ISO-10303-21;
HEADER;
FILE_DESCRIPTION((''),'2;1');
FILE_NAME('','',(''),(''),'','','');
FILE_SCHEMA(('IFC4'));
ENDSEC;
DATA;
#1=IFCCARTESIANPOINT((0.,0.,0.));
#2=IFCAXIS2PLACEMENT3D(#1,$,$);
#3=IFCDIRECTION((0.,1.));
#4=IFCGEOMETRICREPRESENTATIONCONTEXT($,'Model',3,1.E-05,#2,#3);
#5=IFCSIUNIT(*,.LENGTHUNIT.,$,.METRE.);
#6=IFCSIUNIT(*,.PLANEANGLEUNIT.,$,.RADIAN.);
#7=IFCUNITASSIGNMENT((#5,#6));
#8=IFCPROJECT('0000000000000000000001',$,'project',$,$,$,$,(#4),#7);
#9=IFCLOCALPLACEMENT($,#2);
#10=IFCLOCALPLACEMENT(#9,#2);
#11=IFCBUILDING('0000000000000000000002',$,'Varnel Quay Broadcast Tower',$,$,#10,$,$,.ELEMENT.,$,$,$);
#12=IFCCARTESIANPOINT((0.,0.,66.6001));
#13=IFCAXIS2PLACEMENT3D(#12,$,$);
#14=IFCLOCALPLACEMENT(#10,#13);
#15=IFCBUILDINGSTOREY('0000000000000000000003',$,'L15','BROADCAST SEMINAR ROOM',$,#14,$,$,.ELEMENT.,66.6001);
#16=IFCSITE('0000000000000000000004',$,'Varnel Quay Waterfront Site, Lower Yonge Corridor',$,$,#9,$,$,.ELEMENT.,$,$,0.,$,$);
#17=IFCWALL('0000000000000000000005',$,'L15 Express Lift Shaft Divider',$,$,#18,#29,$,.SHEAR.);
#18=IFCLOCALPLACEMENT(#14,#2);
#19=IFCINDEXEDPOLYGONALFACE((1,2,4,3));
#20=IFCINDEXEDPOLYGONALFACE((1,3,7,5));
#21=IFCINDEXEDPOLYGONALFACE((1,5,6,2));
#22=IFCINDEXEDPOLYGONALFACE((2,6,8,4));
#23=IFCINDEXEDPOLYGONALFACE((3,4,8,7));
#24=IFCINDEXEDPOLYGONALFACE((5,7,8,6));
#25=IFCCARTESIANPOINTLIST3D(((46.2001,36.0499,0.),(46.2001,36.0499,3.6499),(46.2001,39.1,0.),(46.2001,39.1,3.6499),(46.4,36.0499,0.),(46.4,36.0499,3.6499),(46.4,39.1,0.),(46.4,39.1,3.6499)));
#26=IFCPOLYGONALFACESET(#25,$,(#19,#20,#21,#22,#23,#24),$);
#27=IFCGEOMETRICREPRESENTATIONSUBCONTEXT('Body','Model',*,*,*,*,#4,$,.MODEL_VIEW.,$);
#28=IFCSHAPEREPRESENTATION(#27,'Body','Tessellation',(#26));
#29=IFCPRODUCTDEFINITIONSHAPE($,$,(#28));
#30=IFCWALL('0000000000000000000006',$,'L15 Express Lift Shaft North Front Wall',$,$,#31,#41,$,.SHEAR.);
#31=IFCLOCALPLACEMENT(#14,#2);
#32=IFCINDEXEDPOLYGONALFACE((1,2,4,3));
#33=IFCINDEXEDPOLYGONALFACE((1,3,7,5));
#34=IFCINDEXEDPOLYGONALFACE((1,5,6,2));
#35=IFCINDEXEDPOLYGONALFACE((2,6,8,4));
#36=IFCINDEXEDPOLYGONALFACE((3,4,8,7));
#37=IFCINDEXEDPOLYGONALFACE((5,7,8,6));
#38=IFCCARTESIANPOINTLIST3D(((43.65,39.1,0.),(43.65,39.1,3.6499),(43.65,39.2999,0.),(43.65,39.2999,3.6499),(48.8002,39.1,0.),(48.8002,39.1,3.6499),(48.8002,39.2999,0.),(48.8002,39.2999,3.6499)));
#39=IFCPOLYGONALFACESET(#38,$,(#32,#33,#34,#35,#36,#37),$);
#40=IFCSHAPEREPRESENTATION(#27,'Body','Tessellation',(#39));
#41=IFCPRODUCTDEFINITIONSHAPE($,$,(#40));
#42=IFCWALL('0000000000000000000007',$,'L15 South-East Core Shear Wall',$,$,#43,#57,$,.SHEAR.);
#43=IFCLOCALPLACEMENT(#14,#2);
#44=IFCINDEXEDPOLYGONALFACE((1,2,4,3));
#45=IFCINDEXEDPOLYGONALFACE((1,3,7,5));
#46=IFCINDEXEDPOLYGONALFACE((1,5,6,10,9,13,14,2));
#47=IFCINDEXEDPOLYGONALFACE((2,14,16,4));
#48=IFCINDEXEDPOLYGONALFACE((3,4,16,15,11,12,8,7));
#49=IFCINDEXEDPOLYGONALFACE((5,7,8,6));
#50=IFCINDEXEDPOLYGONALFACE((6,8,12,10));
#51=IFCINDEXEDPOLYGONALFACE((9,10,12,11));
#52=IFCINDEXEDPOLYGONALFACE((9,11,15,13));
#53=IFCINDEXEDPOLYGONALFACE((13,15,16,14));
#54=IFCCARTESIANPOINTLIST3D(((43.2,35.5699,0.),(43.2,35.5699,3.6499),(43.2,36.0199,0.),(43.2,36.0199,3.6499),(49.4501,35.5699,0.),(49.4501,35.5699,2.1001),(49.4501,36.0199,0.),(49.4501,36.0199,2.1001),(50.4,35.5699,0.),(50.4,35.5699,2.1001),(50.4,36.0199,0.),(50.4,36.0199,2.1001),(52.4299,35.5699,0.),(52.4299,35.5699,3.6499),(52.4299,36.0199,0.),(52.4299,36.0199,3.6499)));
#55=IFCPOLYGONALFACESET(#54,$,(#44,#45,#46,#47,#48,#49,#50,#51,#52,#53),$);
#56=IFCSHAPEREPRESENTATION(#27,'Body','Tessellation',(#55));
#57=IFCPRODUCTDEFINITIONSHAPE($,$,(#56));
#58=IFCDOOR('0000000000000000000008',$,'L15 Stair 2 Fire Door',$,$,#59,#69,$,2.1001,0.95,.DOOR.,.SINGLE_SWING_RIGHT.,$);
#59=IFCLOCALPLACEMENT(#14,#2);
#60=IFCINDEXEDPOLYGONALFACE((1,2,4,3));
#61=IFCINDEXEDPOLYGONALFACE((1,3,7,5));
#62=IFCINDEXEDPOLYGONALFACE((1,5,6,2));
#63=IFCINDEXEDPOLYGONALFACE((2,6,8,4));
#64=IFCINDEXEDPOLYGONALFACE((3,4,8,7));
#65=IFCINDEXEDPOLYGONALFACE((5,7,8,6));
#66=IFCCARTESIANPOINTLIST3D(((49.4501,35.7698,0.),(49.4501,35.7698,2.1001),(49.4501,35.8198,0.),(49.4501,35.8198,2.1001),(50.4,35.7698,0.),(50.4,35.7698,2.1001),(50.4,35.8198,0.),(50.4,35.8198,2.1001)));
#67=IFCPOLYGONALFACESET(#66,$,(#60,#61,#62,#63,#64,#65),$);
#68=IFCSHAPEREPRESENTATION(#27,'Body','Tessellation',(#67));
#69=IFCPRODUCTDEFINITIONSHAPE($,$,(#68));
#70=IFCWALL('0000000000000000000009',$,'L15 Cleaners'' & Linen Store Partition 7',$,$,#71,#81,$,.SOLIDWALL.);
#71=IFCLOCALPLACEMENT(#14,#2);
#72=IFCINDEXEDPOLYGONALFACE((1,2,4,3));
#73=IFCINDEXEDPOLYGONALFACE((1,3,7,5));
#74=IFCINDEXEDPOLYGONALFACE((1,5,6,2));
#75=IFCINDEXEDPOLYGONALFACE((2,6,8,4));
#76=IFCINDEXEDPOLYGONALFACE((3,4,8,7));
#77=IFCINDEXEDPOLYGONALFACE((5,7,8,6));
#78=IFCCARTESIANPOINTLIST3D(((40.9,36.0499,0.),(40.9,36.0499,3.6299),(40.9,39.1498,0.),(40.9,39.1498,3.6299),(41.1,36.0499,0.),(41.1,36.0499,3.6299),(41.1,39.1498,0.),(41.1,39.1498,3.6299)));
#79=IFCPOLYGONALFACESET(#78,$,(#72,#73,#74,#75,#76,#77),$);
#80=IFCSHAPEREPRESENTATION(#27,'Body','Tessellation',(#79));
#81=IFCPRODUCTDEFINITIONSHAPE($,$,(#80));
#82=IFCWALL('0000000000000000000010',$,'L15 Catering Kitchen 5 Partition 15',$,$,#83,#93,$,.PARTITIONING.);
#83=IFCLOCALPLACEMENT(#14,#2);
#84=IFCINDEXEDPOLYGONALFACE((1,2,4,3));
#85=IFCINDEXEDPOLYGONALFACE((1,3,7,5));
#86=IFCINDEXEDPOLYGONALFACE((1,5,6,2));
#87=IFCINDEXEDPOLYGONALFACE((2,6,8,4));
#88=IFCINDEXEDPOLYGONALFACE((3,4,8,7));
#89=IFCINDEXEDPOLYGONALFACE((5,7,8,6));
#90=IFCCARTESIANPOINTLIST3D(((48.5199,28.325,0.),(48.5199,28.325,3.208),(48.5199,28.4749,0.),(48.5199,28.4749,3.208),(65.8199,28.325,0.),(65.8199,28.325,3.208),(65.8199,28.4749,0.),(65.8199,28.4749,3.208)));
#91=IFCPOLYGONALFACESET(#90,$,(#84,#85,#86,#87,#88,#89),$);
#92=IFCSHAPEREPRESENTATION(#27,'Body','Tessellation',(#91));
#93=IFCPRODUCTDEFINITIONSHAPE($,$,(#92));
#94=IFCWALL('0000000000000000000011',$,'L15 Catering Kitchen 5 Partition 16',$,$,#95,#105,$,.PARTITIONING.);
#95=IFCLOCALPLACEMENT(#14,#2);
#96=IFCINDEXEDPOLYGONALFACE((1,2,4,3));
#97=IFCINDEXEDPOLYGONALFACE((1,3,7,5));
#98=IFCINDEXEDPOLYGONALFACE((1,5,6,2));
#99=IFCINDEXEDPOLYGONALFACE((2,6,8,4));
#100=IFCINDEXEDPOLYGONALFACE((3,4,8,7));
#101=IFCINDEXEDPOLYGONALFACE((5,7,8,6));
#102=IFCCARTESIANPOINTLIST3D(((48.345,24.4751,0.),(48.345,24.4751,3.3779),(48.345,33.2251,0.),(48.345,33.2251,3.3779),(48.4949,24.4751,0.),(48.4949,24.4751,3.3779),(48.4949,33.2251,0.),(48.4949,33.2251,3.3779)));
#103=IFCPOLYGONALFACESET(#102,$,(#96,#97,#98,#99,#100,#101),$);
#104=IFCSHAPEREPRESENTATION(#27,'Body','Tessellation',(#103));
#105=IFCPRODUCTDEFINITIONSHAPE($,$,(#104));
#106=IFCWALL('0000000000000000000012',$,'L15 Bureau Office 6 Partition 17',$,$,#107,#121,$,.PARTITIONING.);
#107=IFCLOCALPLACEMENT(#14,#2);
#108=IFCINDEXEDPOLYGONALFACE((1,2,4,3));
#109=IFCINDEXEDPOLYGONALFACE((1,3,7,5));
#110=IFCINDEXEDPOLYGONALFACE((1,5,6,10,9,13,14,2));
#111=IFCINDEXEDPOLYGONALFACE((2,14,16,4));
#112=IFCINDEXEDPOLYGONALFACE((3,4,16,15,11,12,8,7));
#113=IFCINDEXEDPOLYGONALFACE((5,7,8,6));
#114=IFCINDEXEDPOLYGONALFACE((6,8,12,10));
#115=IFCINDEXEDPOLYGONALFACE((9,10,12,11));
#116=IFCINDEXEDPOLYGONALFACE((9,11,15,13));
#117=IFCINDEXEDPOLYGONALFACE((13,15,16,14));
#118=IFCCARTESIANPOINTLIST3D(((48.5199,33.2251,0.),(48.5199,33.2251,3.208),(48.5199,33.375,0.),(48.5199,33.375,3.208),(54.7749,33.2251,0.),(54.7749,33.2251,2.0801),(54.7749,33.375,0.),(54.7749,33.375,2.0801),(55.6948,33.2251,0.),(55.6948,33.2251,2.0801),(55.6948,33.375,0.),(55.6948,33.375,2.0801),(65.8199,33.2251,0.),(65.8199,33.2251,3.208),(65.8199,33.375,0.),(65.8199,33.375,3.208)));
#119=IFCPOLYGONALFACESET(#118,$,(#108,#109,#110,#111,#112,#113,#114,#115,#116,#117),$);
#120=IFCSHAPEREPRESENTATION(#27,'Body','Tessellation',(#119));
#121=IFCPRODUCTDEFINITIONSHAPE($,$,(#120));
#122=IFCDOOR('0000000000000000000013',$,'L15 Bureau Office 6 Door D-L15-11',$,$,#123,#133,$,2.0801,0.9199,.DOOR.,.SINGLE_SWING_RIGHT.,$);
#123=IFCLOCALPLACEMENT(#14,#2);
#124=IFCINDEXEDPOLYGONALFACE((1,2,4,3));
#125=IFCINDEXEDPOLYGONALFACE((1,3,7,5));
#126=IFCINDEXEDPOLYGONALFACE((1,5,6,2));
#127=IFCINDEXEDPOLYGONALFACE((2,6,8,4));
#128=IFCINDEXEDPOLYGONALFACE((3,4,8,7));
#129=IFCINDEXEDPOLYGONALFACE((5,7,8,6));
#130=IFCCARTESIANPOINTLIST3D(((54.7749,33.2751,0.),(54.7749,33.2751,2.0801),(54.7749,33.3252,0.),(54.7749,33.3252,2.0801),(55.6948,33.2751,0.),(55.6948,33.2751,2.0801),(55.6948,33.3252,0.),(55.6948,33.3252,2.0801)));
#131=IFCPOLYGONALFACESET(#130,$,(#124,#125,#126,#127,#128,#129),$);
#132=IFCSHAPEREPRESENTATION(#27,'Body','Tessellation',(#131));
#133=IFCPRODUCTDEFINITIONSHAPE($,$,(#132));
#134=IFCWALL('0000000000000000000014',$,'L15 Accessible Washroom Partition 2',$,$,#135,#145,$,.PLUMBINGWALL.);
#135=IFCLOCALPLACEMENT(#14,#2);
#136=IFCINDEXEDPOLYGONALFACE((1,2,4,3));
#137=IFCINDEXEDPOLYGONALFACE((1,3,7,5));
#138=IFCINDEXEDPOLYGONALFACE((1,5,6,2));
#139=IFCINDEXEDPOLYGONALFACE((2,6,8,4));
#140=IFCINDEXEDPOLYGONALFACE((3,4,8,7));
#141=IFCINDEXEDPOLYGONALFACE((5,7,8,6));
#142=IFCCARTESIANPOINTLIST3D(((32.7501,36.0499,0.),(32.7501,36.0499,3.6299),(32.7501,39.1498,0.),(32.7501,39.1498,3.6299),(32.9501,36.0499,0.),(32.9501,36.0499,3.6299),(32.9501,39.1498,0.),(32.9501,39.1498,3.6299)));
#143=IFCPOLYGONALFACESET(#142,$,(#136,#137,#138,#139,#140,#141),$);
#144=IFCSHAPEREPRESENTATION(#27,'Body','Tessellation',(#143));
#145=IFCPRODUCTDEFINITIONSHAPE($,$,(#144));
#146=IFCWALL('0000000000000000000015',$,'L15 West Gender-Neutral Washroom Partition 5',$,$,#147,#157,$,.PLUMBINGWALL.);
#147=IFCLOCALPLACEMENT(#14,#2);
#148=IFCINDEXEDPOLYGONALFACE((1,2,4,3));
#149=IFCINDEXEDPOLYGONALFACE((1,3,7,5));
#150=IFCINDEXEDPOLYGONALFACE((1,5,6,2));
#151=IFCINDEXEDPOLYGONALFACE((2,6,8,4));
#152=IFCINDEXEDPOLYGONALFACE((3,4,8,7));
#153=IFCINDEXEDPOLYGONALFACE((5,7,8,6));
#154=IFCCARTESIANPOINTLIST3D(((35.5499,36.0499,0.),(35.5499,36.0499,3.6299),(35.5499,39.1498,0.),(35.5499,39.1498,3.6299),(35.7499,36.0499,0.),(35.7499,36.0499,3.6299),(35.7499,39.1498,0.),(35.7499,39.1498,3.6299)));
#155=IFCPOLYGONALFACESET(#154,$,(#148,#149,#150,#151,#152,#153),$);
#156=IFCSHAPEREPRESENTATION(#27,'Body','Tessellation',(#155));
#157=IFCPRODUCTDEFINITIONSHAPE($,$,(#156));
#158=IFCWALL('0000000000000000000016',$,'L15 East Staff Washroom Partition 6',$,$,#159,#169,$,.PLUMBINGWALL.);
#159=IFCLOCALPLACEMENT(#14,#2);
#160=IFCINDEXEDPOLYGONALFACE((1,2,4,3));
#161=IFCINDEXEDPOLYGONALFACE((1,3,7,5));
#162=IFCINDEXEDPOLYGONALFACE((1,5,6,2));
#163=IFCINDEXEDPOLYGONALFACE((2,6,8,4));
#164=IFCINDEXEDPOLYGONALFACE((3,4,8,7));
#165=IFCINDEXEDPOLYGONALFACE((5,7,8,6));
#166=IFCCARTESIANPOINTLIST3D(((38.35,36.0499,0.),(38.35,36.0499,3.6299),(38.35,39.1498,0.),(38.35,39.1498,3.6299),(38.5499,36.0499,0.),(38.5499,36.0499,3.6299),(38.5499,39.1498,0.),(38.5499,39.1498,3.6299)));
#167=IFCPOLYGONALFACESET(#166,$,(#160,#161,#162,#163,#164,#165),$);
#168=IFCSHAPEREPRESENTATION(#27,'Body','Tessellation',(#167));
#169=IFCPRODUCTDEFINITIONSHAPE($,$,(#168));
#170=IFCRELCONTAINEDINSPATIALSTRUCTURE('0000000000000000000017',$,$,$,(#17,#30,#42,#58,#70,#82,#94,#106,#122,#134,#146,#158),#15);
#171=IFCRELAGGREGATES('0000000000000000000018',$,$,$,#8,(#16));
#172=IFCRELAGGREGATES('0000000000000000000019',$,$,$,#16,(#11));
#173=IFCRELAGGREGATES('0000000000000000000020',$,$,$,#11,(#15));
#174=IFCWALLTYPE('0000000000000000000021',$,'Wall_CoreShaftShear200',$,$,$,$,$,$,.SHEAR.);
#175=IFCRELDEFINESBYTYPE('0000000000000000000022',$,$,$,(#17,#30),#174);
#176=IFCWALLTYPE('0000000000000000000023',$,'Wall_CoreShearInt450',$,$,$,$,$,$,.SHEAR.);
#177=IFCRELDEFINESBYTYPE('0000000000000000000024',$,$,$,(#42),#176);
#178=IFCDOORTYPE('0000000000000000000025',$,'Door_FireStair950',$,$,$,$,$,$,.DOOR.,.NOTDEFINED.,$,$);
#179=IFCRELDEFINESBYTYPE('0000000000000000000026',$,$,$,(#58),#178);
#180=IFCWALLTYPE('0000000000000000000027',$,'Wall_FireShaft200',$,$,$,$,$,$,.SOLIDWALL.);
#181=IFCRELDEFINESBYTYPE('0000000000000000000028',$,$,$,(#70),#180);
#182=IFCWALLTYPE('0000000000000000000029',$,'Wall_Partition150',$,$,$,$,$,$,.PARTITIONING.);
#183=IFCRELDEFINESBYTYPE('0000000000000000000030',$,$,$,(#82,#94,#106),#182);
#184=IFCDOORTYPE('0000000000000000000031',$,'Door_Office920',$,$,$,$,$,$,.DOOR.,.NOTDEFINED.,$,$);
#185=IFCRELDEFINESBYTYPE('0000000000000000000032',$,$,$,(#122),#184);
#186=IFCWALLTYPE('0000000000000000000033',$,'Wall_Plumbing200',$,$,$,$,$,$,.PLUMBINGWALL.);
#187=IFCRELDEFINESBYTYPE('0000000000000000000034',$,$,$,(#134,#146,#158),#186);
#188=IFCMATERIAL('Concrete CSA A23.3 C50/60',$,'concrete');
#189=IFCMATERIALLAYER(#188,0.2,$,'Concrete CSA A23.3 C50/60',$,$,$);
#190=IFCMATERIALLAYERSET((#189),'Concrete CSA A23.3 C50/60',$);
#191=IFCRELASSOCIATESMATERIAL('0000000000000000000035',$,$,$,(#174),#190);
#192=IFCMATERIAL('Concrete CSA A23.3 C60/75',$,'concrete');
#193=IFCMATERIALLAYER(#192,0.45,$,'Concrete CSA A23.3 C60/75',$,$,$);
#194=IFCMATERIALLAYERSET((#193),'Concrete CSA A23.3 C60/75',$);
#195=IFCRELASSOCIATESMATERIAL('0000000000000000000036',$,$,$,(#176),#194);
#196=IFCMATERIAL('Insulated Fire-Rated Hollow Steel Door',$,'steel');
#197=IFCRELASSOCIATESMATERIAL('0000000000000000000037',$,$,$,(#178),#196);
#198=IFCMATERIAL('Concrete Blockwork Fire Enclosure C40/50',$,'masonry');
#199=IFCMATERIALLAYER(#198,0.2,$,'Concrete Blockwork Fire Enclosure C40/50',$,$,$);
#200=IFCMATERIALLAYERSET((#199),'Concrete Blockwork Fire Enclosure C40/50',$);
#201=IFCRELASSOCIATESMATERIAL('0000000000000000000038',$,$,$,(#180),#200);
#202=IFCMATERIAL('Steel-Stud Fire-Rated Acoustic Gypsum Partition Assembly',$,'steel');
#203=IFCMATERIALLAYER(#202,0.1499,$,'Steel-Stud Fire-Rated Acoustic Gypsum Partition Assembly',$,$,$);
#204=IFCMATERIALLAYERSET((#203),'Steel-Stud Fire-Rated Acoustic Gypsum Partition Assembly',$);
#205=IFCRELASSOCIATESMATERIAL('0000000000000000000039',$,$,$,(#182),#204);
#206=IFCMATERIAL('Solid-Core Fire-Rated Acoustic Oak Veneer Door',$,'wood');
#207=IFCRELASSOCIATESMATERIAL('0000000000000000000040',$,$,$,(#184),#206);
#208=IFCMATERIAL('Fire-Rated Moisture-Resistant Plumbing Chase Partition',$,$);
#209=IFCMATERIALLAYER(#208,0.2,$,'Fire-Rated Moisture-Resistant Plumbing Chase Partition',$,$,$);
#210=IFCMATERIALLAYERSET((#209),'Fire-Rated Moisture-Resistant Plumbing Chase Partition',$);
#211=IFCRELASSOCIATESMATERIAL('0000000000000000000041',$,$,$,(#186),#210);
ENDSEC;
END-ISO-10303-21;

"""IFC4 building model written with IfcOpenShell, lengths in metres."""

from ifc_helpers import new_model, si_unit, direction, frame, frame_2d, origin, place, context, subcontext, project, spatial, rectangle, extrude, source, transform, mapped, material, layer, layer_set, type_object, type_shapes, element, fill, save


model = new_model("IFC4")

# Units and contexts
model_context = context("Model", 3, precision=1e-05, world=origin(), true_north=direction((0.0, 1.0)))
body_context = subcontext(model_context, "Body", "Model", "MODEL_VIEW")
ifc_project = project(units=[si_unit("LENGTHUNIT", "METRE"), si_unit("PLANEANGLEUNIT", "RADIAN")], contexts=[model_context])

# Site, building, storey
site_placement = place(None, origin())
site = spatial("IfcSite", under=ifc_project, at=site_placement, Name="Varnel Quay Waterfront Site, Lower Yonge Corridor", CompositionType="ELEMENT", RefElevation=0.0)
building_placement = place(site_placement, origin())
building = spatial("IfcBuilding", under=site, at=building_placement, Name="Varnel Quay Broadcast Tower", CompositionType="ELEMENT")
storey_placement = place(building_placement, frame((0.0, 0.0, 66.6001)))
storey = spatial("IfcBuildingStorey", under=building, at=storey_placement, Name="L15", Description="BROADCAST SEMINAR ROOM", CompositionType="ELEMENT", Elevation=66.6001)

# Shared definitions
ifc_material_1 = material(Name="Concrete CSA A23.3 C60/75", Category="concrete")

# Walls
ifc_material_2 = material(Name="Concrete CSA A23.3 C50/60", Category="concrete")
ifc_layer_1 = layer(ifc_material_2, 0.2, Name="Concrete CSA A23.3 C50/60")
ifc_layer_set_1 = layer_set([ifc_layer_1], Name="Concrete CSA A23.3 C50/60")
wall_type_1 = type_object("IfcWallType", Name="Wall_CoreShaftShear200", PredefinedType="SHEAR", material=ifc_layer_set_1)
for number, where, z_axis, x_axis, name in (
    (1, (46.3, 36.05, 0.0), (0.0, 0.0, 1.0), (0.0, 1.0, 0.0), "L15 Express Lift Shaft Divider"),
):
    element("IfcWall", number, at=place(storey_placement, frame(where, z_axis=z_axis, x_axis=x_axis)), inside=storey, type_object=wall_type_1, Name=name, PredefinedType="SHEAR", context=body_context, shape_type="SweptSolid", body=[
        extrude(rectangle(XDim=3.05, YDim=0.2, at=frame_2d((1.5249, 0.0))), origin(), (0.0, 0.0, 1.0), 3.6499),
    ])
wall_1_placement = place(storey_placement, frame((43.6499, 39.2, 0.0), z_axis=(0.0, 0.0, 1.0), x_axis=(1.0, 0.0, 0.0)))
element("IfcWall", 2, at=wall_1_placement, inside=storey, type_object=wall_type_1, Name="L15 Express Lift Shaft North Front Wall", PredefinedType="SHEAR", context=body_context, shape_type="SweptSolid", body=[
    extrude(rectangle(XDim=5.1501, YDim=0.2, at=frame_2d((2.5752, 0.0))), origin(), (0.0, 0.0, 1.0), 3.6499),
])

# Wall, opening, door
ifc_layer_2 = layer(ifc_material_1, 0.45, Name="Concrete CSA A23.3 C60/75")
ifc_layer_set_2 = layer_set([ifc_layer_2], Name="Concrete CSA A23.3 C60/75")
wall_type_2 = type_object("IfcWallType", Name="Wall_CoreShearInt450", PredefinedType="SHEAR", material=ifc_layer_set_2)
wall_2_placement = place(storey_placement, frame((43.2, 35.7949, 0.0), z_axis=(0.0, 0.0, 1.0), x_axis=(1.0, 0.0, 0.0)))
wall_2 = element("IfcWall", 3, at=wall_2_placement, inside=storey, type_object=wall_type_2, Name="L15 South-East Core Shear Wall", PredefinedType="SHEAR", context=body_context, shape_type="SweptSolid", body=[
    extrude(rectangle(XDim=9.23, YDim=0.45, at=frame_2d((4.615, 0.0))), origin(), (0.0, 0.0, 1.0), 3.6499),
])
opening_1_placement = place(wall_2_placement, frame((6.25, 0.0, 0.0)))
opening_1 = element("IfcOpeningElement", 4, at=opening_1_placement, cuts=wall_2, PredefinedType="OPENING", context=body_context, shape_type="SweptSolid", body=[
    extrude(rectangle(XDim=0.95, YDim=2.1001, at=frame_2d((0.4751, 1.05))), frame((0.0, 0.2349, 0.0), z_axis=(0.0, -1.0, 0.0), x_axis=(1.0, 0.0, 0.0)), (0.0, 0.0, 1.0), 0.47),
])
ifc_material_3 = material(Name="Insulated Fire-Rated Hollow Steel Door", Category="steel")
door_type_1 = type_object("IfcDoorType", Name="Door_FireStair950", OperationType="NOTDEFINED", PredefinedType="DOOR", material=ifc_material_3)
shared_shape_1 = source(origin(), body_context, "Body", "SweptSolid", [
    extrude(rectangle(XDim=0.95, YDim=2.1001, at=frame_2d((0.4751, 1.05))), frame((0.0, 0.0249, 0.0), z_axis=(0.0, -1.0, 0.0), x_axis=(1.0, 0.0, 0.0)), (0.0, 0.0, 1.0), 0.05),
])
type_shapes(door_type_1, [shared_shape_1])
door_1_placement = place(opening_1_placement, origin())
door_1 = element("IfcDoor", 5, at=door_1_placement, inside=storey, type_object=door_type_1, Name="L15 Stair 2 Fire Door", OperationType="SINGLE_SWING_RIGHT", OverallHeight=2.1001, OverallWidth=0.95, PredefinedType="DOOR", context=body_context, shape_type="MappedRepresentation", body=[
    mapped(shared_shape_1, transform((0.0, 0.0, 0.0), x_axis=(1.0, 0.0, 0.0), y_axis=(0.0, 1.0, 0.0), z_axis=(0.0, 0.0, 1.0), scale=1.0)),
])
fill(opening_1, door_1)

# Walls
ifc_material_4 = material(Name="Concrete Blockwork Fire Enclosure C40/50", Category="masonry")
ifc_layer_3 = layer(ifc_material_4, 0.2, Name="Concrete Blockwork Fire Enclosure C40/50")
ifc_layer_set_3 = layer_set([ifc_layer_3], Name="Concrete Blockwork Fire Enclosure C40/50")
wall_type_3 = type_object("IfcWallType", Name="Wall_FireShaft200", PredefinedType="SOLIDWALL", material=ifc_layer_set_3)
wall_3_placement = place(storey_placement, frame((41.0, 36.05, 0.0), z_axis=(0.0, 0.0, 1.0), x_axis=(0.0, 1.0, 0.0)))
element("IfcWall", 6, at=wall_3_placement, inside=storey, type_object=wall_type_3, Name="L15 Cleaners' & Linen Store Partition 7", PredefinedType="SOLIDWALL", context=body_context, shape_type="SweptSolid", body=[
    extrude(rectangle(XDim=3.0999, YDim=0.2, at=frame_2d((1.5498, 0.0))), origin(), (0.0, 0.0, 1.0), 3.6299),
])
ifc_material_5 = material(Name="Steel-Stud Fire-Rated Acoustic Gypsum Partition Assembly", Category="steel")
ifc_layer_4 = layer(ifc_material_5, 0.1499, Name="Steel-Stud Fire-Rated Acoustic Gypsum Partition Assembly")
ifc_layer_set_4 = layer_set([ifc_layer_4], Name="Steel-Stud Fire-Rated Acoustic Gypsum Partition Assembly")
wall_type_4 = type_object("IfcWallType", Name="Wall_Partition150", PredefinedType="PARTITIONING", material=ifc_layer_set_4)
wall_4_placement = place(storey_placement, frame((48.52, 28.3999, 0.0), z_axis=(0.0, 0.0, 1.0), x_axis=(1.0, 0.0, 0.0)))
element("IfcWall", 7, at=wall_4_placement, inside=storey, type_object=wall_type_4, Name="L15 Catering Kitchen 5 Partition 15", PredefinedType="PARTITIONING", context=body_context, shape_type="SweptSolid", body=[
    extrude(rectangle(XDim=17.3, YDim=0.1499, at=frame_2d((8.6499, 0.0))), origin(), (0.0, 0.0, 1.0), 3.208),
])
wall_5_placement = place(storey_placement, frame((48.4199, 24.4751, 0.0), z_axis=(0.0, 0.0, 1.0), x_axis=(0.0, 1.0, 0.0)))
element("IfcWall", 8, at=wall_5_placement, inside=storey, type_object=wall_type_4, Name="L15 Catering Kitchen 5 Partition 16", PredefinedType="PARTITIONING", context=body_context, shape_type="SweptSolid", body=[
    extrude(rectangle(XDim=8.75, YDim=0.1499, at=frame_2d((4.375, 0.0))), origin(), (0.0, 0.0, 1.0), 3.3779),
])

# Wall, opening, door
wall_6_placement = place(storey_placement, frame((48.52, 33.3, 0.0), z_axis=(0.0, 0.0, 1.0), x_axis=(1.0, 0.0, 0.0)))
wall_6 = element("IfcWall", 9, at=wall_6_placement, inside=storey, type_object=wall_type_4, Name="L15 Bureau Office 6 Partition 17", PredefinedType="PARTITIONING", context=body_context, shape_type="SweptSolid", body=[
    extrude(rectangle(XDim=17.3, YDim=0.1499, at=frame_2d((8.6499, 0.0))), origin(), (0.0, 0.0, 1.0), 3.208),
])
opening_2_placement = place(wall_6_placement, frame((6.2549, 0.0, 0.0)))
opening_2 = element("IfcOpeningElement", 10, at=opening_2_placement, cuts=wall_6, PredefinedType="OPENING", context=body_context, shape_type="SweptSolid", body=[
    extrude(rectangle(XDim=0.9199, YDim=2.0801, at=frame_2d((0.46, 1.04))), frame((0.0, 0.085, 0.0), z_axis=(0.0, -1.0, 0.0), x_axis=(1.0, 0.0, 0.0)), (0.0, 0.0, 1.0), 0.1699),
])
ifc_material_6 = material(Name="Solid-Core Fire-Rated Acoustic Oak Veneer Door", Category="wood")
door_type_2 = type_object("IfcDoorType", Name="Door_Office920", OperationType="NOTDEFINED", PredefinedType="DOOR", material=ifc_material_6)
shared_shape_2 = source(origin(), body_context, "Body", "SweptSolid", [
    extrude(rectangle(XDim=0.9199, YDim=2.0801, at=frame_2d((0.46, 1.04))), frame((0.0, 0.0249, 0.0), z_axis=(0.0, -1.0, 0.0), x_axis=(1.0, 0.0, 0.0)), (0.0, 0.0, 1.0), 0.05),
])
type_shapes(door_type_2, [shared_shape_2])
door_2_placement = place(opening_2_placement, frame((0.9199, 0.0, 0.0), z_axis=(0.0, 0.0, 1.0), x_axis=(-1.0, 0.0, 0.0)))
door_2 = element("IfcDoor", 11, at=door_2_placement, inside=storey, type_object=door_type_2, Name="L15 Bureau Office 6 Door D-L15-11", OperationType="SINGLE_SWING_RIGHT", OverallHeight=2.0801, OverallWidth=0.9199, PredefinedType="DOOR", context=body_context, shape_type="MappedRepresentation", body=[
    mapped(shared_shape_2, transform((0.0, 0.0, 0.0), x_axis=(1.0, 0.0, 0.0), y_axis=(0.0, 1.0, 0.0), z_axis=(0.0, 0.0, 1.0), scale=1.0)),
])
fill(opening_2, door_2)

# Walls
ifc_material_7 = material(Name="Fire-Rated Moisture-Resistant Plumbing Chase Partition")
ifc_layer_5 = layer(ifc_material_7, 0.2, Name="Fire-Rated Moisture-Resistant Plumbing Chase Partition")
ifc_layer_set_5 = layer_set([ifc_layer_5], Name="Fire-Rated Moisture-Resistant Plumbing Chase Partition")
wall_type_5 = type_object("IfcWallType", Name="Wall_Plumbing200", PredefinedType="PLUMBINGWALL", material=ifc_layer_set_5)
for number, where, z_axis, x_axis, name in (
    (12, (32.8501, 36.05, 0.0), (0.0, 0.0, 1.0), (0.0, 1.0, 0.0), "L15 Accessible Washroom Partition 2"),
    (13, (35.6499, 36.05, 0.0), (0.0, 0.0, 1.0), (0.0, 1.0, 0.0), "L15 West Gender-Neutral Washroom Partition 5"),
    (14, (38.45, 36.05, 0.0), (0.0, 0.0, 1.0), (0.0, 1.0, 0.0), "L15 East Staff Washroom Partition 6"),
):
    element("IfcWall", number, at=place(storey_placement, frame(where, z_axis=z_axis, x_axis=x_axis)), inside=storey, type_object=wall_type_5, Name=name, PredefinedType="PLUMBINGWALL", context=body_context, shape_type="SweptSolid", body=[
        extrude(rectangle(XDim=3.0999, YDim=0.2, at=frame_2d((1.5498, 0.0))), origin(), (0.0, 0.0, 1.0), 3.6299),
    ])

save(model, "model.ifc")
